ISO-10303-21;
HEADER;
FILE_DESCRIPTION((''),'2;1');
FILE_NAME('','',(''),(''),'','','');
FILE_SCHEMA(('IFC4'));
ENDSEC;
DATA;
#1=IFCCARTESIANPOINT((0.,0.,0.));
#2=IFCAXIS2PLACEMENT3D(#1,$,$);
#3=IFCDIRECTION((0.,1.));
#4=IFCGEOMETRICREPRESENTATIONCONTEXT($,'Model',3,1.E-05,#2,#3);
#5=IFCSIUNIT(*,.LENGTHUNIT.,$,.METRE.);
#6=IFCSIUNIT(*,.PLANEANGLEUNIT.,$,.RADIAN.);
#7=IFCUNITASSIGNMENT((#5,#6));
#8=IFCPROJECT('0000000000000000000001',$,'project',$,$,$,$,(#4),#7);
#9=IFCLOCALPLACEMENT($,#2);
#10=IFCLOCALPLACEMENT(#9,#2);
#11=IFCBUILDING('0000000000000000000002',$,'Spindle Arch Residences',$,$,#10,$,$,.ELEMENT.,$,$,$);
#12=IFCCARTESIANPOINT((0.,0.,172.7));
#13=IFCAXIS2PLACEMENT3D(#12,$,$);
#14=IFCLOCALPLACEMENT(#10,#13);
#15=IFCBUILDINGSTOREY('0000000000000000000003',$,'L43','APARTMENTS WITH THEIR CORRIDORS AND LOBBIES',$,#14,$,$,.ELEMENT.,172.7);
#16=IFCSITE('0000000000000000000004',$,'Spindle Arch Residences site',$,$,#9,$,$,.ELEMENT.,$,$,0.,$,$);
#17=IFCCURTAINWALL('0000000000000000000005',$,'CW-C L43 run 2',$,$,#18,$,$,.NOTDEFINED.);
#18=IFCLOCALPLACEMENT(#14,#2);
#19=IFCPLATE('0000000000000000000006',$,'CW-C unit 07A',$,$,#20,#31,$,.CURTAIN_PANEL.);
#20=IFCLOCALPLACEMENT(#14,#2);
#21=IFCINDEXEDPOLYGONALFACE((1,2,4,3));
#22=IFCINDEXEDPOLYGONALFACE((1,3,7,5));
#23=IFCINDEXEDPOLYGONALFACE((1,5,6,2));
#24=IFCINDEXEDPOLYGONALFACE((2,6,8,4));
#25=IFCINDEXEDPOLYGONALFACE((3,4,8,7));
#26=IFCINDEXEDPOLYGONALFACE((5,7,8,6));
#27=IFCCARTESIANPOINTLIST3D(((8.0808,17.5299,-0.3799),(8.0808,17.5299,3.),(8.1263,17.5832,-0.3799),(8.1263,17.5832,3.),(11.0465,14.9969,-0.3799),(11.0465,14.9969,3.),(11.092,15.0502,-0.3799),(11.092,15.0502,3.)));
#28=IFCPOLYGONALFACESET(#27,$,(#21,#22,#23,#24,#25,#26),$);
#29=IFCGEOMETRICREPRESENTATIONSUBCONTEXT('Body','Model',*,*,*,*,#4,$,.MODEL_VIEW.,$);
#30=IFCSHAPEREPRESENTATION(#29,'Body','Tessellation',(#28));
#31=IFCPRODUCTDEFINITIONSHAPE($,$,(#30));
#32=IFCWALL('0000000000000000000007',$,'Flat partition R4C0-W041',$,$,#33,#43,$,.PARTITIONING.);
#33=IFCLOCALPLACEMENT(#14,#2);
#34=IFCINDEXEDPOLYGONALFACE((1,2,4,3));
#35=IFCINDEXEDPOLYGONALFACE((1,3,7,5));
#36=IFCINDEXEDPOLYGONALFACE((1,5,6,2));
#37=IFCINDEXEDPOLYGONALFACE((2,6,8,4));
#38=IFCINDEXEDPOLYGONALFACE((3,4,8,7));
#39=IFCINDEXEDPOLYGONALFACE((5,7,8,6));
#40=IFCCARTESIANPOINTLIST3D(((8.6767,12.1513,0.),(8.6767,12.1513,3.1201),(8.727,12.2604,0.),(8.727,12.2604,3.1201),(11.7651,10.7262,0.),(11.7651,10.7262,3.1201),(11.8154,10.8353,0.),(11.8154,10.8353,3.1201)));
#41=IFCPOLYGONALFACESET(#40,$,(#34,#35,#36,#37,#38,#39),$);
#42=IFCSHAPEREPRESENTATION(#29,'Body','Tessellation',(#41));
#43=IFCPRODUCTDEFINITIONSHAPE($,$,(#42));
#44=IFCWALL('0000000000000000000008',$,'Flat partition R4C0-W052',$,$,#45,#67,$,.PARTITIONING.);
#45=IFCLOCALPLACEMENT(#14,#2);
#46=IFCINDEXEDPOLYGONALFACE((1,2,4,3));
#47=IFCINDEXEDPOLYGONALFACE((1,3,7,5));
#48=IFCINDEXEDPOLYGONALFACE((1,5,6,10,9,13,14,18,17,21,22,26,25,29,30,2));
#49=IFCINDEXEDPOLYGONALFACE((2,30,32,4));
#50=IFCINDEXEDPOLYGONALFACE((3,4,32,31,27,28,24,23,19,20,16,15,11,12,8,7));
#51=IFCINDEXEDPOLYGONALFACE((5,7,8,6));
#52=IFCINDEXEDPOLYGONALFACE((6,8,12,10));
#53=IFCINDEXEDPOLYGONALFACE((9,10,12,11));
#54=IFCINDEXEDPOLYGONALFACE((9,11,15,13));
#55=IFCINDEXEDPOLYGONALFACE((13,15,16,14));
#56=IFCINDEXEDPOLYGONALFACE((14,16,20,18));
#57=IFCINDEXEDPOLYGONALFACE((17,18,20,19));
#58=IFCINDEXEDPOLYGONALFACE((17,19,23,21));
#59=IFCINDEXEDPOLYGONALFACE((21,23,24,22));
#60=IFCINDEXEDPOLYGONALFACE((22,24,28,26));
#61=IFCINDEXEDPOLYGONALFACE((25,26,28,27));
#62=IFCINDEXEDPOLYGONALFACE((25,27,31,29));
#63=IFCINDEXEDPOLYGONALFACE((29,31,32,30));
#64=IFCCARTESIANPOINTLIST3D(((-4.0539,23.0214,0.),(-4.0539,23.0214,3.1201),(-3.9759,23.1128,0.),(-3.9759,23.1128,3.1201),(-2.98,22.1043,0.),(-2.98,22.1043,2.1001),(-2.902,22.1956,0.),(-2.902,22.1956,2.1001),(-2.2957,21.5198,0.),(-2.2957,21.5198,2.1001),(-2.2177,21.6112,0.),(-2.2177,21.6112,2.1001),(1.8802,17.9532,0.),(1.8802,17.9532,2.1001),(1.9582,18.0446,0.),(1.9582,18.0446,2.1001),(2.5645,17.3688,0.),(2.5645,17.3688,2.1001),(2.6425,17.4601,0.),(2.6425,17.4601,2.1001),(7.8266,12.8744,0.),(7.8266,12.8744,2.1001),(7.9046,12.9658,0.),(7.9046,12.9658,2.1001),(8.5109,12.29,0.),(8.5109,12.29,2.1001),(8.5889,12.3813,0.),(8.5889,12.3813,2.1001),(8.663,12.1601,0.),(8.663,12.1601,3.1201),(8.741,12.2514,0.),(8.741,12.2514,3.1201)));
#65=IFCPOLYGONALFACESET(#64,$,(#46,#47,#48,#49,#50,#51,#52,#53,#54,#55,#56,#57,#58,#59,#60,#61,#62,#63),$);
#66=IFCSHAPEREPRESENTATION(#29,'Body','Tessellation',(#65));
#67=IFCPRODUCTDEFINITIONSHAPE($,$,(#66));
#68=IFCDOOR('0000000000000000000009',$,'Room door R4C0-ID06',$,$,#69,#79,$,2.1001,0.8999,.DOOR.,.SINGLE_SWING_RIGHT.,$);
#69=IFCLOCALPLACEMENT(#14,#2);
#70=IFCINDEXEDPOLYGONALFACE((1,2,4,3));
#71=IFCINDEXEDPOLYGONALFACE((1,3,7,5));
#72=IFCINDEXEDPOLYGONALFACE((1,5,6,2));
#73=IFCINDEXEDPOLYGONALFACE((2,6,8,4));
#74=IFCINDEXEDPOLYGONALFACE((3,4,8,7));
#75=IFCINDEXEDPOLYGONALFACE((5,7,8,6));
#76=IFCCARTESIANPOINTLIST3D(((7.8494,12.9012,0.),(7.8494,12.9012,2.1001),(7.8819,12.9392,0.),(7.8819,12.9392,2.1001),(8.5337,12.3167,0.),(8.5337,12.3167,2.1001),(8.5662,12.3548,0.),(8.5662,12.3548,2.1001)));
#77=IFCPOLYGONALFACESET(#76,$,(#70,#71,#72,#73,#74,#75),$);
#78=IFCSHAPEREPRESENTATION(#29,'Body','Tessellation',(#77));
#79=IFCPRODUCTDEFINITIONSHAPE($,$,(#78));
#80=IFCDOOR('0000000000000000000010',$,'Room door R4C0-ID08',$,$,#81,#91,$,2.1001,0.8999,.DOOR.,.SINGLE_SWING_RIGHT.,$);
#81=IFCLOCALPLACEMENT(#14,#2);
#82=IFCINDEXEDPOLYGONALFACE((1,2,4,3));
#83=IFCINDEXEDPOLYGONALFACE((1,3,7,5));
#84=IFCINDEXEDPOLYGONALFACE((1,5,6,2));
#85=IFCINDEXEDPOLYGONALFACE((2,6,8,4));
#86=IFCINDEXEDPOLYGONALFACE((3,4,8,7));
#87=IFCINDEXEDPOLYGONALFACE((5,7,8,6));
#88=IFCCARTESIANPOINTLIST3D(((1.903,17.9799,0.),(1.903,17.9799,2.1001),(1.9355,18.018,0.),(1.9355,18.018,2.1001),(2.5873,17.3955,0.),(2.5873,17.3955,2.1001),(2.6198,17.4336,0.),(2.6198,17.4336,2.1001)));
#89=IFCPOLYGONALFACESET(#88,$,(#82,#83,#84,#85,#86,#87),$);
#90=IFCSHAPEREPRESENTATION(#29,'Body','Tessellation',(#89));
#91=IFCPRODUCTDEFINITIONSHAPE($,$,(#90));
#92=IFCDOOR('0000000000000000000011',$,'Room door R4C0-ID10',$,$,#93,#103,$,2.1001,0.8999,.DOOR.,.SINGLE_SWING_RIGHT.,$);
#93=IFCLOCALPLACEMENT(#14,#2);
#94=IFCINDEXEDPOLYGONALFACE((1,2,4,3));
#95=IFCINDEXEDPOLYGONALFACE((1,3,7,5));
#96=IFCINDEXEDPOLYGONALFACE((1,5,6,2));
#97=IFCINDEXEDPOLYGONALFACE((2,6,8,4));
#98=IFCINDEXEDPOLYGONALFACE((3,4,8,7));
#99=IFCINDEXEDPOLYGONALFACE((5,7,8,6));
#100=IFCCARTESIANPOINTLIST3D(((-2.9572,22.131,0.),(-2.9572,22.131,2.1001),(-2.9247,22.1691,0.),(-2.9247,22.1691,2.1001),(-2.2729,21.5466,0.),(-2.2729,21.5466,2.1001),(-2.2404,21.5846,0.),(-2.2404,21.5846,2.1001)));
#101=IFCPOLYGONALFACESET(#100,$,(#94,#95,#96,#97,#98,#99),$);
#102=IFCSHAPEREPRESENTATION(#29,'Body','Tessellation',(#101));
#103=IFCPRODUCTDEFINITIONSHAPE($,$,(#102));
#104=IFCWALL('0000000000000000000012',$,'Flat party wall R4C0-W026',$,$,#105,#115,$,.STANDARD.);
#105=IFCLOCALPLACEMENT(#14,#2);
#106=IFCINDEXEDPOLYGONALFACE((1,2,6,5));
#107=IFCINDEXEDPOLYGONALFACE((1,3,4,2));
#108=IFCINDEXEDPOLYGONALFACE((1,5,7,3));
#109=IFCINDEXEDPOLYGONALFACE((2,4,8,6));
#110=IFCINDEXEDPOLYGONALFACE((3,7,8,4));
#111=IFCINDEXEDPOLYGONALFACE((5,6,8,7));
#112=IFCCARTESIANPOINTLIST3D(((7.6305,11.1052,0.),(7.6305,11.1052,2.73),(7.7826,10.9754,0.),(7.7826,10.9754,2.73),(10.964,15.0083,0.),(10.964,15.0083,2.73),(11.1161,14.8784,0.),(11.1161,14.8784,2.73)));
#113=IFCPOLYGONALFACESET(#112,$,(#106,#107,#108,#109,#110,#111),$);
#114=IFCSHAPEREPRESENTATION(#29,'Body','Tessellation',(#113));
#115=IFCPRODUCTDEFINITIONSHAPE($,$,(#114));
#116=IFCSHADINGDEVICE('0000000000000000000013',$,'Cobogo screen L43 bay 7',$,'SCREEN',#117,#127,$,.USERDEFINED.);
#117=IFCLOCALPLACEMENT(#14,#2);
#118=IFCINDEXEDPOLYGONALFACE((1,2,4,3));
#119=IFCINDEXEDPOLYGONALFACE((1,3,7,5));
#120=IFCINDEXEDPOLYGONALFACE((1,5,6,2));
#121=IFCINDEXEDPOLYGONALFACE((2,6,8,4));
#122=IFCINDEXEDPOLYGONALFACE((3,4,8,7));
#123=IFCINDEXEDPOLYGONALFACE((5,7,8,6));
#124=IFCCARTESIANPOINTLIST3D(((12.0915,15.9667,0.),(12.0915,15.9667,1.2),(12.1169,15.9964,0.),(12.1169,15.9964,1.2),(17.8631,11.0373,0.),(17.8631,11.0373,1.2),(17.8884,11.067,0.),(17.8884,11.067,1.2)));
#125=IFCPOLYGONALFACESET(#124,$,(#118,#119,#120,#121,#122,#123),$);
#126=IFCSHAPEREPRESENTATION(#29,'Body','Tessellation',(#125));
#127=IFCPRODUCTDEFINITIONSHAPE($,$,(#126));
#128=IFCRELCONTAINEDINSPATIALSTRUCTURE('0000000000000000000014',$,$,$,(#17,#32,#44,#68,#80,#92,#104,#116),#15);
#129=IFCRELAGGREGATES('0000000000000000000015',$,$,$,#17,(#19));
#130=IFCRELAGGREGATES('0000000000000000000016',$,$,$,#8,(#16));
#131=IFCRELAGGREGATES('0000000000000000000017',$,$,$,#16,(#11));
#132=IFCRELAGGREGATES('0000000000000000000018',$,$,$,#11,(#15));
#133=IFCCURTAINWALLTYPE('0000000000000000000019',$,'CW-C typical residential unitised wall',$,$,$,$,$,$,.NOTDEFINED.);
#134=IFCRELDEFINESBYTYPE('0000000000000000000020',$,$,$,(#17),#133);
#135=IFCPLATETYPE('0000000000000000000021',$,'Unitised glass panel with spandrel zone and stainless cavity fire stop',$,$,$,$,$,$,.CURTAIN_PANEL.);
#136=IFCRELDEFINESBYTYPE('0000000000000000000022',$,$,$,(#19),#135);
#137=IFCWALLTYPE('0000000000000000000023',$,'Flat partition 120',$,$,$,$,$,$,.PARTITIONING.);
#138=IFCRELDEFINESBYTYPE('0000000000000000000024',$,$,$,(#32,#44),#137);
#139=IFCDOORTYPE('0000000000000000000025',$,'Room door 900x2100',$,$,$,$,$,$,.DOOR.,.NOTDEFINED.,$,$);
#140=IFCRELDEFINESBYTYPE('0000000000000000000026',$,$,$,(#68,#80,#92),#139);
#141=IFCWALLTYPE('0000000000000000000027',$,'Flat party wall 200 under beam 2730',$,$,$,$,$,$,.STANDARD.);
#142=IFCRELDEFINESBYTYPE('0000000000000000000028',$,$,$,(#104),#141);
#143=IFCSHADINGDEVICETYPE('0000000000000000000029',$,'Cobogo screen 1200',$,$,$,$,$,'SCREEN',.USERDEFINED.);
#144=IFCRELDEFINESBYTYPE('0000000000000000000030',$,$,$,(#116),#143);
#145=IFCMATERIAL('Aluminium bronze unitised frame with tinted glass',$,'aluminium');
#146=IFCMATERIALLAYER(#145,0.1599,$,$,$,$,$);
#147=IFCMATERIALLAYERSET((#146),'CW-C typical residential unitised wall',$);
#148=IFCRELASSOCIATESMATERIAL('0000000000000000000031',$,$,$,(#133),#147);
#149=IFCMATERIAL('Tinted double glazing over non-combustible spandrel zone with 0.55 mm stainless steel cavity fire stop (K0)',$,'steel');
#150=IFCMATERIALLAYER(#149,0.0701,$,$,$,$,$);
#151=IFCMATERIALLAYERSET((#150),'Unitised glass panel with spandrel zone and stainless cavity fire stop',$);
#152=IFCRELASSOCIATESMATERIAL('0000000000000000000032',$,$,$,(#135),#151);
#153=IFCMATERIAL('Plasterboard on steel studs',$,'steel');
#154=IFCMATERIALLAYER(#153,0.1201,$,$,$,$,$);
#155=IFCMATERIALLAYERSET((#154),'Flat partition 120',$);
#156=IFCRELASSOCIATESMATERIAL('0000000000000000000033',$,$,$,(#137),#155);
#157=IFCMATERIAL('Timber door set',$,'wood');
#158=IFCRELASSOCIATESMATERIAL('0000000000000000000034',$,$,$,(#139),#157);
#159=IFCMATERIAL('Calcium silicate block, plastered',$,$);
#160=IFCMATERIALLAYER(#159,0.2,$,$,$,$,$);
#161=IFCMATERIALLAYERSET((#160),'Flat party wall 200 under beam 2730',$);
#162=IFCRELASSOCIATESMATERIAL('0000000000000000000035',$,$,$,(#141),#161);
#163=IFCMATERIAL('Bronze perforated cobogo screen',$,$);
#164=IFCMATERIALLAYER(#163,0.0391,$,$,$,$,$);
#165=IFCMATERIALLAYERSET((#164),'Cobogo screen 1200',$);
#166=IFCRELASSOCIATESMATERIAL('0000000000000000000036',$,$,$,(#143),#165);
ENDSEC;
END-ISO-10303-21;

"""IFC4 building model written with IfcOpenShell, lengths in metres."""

from ifc_helpers import new_model, si_unit, direction, frame, frame_2d, origin, origin_2d, place, context, subcontext, project, spatial, rectangle, extrude, material, layer, layer_set, type_object, element, fill, aggregate, save


model = new_model("IFC4")

# Units and contexts
model_context = context("Model", 3, precision=1e-05, world=origin(), true_north=direction((0.0, 1.0)))
body_context = subcontext(model_context, "Body", "Model", "MODEL_VIEW")
ifc_project = project(units=[si_unit("LENGTHUNIT", "METRE"), si_unit("PLANEANGLEUNIT", "RADIAN")], contexts=[model_context])

# Site, building, storey
site_placement = place(None, origin())
site = spatial("IfcSite", under=ifc_project, at=site_placement, Name="Spindle Arch Residences site", CompositionType="ELEMENT", RefElevation=0.0)
building_placement = place(site_placement, origin())
building = spatial("IfcBuilding", under=site, at=building_placement, Name="Spindle Arch Residences", CompositionType="ELEMENT")
storey_placement = place(building_placement, frame((0.0, 0.0, 172.7)))
storey = spatial("IfcBuildingStorey", under=building, at=storey_placement, Name="L43", Description="APARTMENTS WITH THEIR CORRIDORS AND LOBBIES", CompositionType="ELEMENT", Elevation=172.7)

# Curtain wall
ifc_material_1 = material(Name="Aluminium bronze unitised frame with tinted glass", Category="aluminium")
ifc_layer_1 = layer(ifc_material_1, 0.1599)
ifc_layer_set_1 = layer_set([ifc_layer_1], Name="CW-C typical residential unitised wall")
curtain_wall_type = type_object("IfcCurtainWallType", Name="CW-C typical residential unitised wall", PredefinedType="NOTDEFINED", material=ifc_layer_set_1)
curtain_wall_placement = place(storey_placement, origin())
curtain_wall = element("IfcCurtainWall", 1, at=curtain_wall_placement, inside=storey, type_object=curtain_wall_type, Name="CW-C L43 run 2", PredefinedType="NOTDEFINED")

# Plate
ifc_material_2 = material(Name="Tinted double glazing over non-combustible spandrel zone with 0.55 mm stainless steel cavity fire stop (K0)", Category="steel")
ifc_layer_2 = layer(ifc_material_2, 0.0701)
ifc_layer_set_2 = layer_set([ifc_layer_2], Name="Unitised glass panel with spandrel zone and stainless cavity fire stop")
plate_type = type_object("IfcPlateType", Name="Unitised glass panel with spandrel zone and stainless cavity fire stop", PredefinedType="CURTAIN_PANEL", material=ifc_layer_set_2)
plate_1_placement = place(storey_placement, frame((9.5864, 16.29, -0.3799), z_axis=(0.0, 0.0, 1.0), x_axis=(-0.760406, 0.649448, 0.0)))
plate_1 = element("IfcPlate", 2, at=plate_1_placement, type_object=plate_type, Name="CW-C unit 07A", PredefinedType="CURTAIN_PANEL", context=body_context, shape_type="SweptSolid", body=[
    extrude(rectangle(XDim=3.9001, YDim=0.0701, at=origin_2d()), origin(), (0.0, 0.0, 1.0), 3.3799),
])
aggregate(curtain_wall, [plate_1])

# Wall
ifc_material_3 = material(Name="Plasterboard on steel studs", Category="steel")
ifc_layer_3 = layer(ifc_material_3, 0.1201)
ifc_layer_set_3 = layer_set([ifc_layer_3], Name="Flat partition 120")
wall_type_1 = type_object("IfcWallType", Name="Flat partition 120", PredefinedType="PARTITIONING", material=ifc_layer_set_3)
wall_1_placement = place(storey_placement, frame((11.7903, 10.7808, 0.0), z_axis=(0.0, 0.0, 1.0), x_axis=(-0.907999, 0.418972, 0.0)))
element("IfcWall", 3, at=wall_1_placement, inside=storey, type_object=wall_type_1, Name="Flat partition R4C0-W041", PredefinedType="PARTITIONING", context=body_context, shape_type="SweptSolid", body=[
    extrude(rectangle(XDim=3.4014, YDim=0.1201, at=frame_2d((1.7007, 0.0))), origin(), (0.0, 0.0, 1.0), 3.1201),
])

# Wall, openings, doors
wall_2_placement = place(storey_placement, frame((8.7019, 12.2058, 0.0), z_axis=(0.0, 0.0, 1.0), x_axis=(-0.760401, 0.649453, 0.0)))
wall_2 = element("IfcWall", 4, at=wall_2_placement, inside=storey, type_object=wall_type_1, Name="Flat partition R4C0-W052", PredefinedType="PARTITIONING", context=body_context, shape_type="SweptSolid", body=[
    extrude(rectangle(XDim=16.7239, YDim=0.1201, at=frame_2d((8.3618, 0.0))), origin(), (0.0, 0.0, 1.0), 3.1201),
])
opening_1_placement = place(wall_2_placement, frame((0.2, 0.0, 0.0)))
opening_1 = element("IfcOpeningElement", 5, at=opening_1_placement, cuts=wall_2, PredefinedType="OPENING", context=body_context, shape_type="SweptSolid", body=[
    extrude(rectangle(XDim=0.8999, YDim=2.1001, at=frame_2d((0.45, 1.05))), frame((0.0, 0.0701, 0.0), z_axis=(0.0, -1.0, 0.0), x_axis=(1.0, 0.0, 0.0)), (0.0, 0.0, 1.0), 0.1401),
])
opening_2_placement = place(wall_2_placement, frame((8.02, 0.0, 0.0)))
opening_2 = element("IfcOpeningElement", 6, at=opening_2_placement, cuts=wall_2, PredefinedType="OPENING", context=body_context, shape_type="SweptSolid", body=[
    extrude(rectangle(XDim=0.8999, YDim=2.1001, at=frame_2d((0.45, 1.05))), frame((0.0, 0.0701, 0.0), z_axis=(0.0, -1.0, 0.0), x_axis=(1.0, 0.0, 0.0)), (0.0, 0.0, 1.0), 0.1401),
])
opening_3_placement = place(wall_2_placement, frame((14.4116, 0.0, 0.0)))
opening_3 = element("IfcOpeningElement", 7, at=opening_3_placement, cuts=wall_2, PredefinedType="OPENING", context=body_context, shape_type="SweptSolid", body=[
    extrude(rectangle(XDim=0.8999, YDim=2.1001, at=frame_2d((0.45, 1.05))), frame((0.0, 0.0701, 0.0), z_axis=(0.0, -1.0, 0.0), x_axis=(1.0, 0.0, 0.0)), (0.0, 0.0, 1.0), 0.1401),
])
ifc_material_4 = material(Name="Timber door set", Category="wood")
door_type_1 = type_object("IfcDoorType", Name="Room door 900x2100", OperationType="NOTDEFINED", PredefinedType="DOOR", material=ifc_material_4)
door_1_placement = place(opening_1_placement, origin())
door_1 = element("IfcDoor", 8, at=door_1_placement, inside=storey, type_object=door_type_1, Name="Room door R4C0-ID06", OperationType="SINGLE_SWING_RIGHT", OverallHeight=2.1001, OverallWidth=0.8999, PredefinedType="DOOR", context=body_context, shape_type="SweptSolid", body=[
    extrude(rectangle(XDim=0.8999, YDim=2.1001, at=frame_2d((0.45, 1.05))), frame((0.0, 0.0249, 0.0), z_axis=(0.0, -1.0, 0.0), x_axis=(1.0, 0.0, 0.0)), (0.0, 0.0, 1.0), 0.05),
])
fill(opening_1, door_1)
door_2_placement = place(opening_2_placement, origin())
door_2 = element("IfcDoor", 9, at=door_2_placement, inside=storey, type_object=door_type_1, Name="Room door R4C0-ID08", OperationType="SINGLE_SWING_RIGHT", OverallHeight=2.1001, OverallWidth=0.8999, PredefinedType="DOOR", context=body_context, shape_type="SweptSolid", body=[
    extrude(rectangle(XDim=0.8999, YDim=2.1001, at=frame_2d((0.45, 1.05))), frame((0.0, 0.0249, 0.0), z_axis=(0.0, -1.0, 0.0), x_axis=(1.0, 0.0, 0.0)), (0.0, 0.0, 1.0), 0.05),
])
fill(opening_2, door_2)
door_3_placement = place(opening_3_placement, origin())
door_3 = element("IfcDoor", 10, at=door_3_placement, inside=storey, type_object=door_type_1, Name="Room door R4C0-ID10", OperationType="SINGLE_SWING_RIGHT", OverallHeight=2.1001, OverallWidth=0.8999, PredefinedType="DOOR", context=body_context, shape_type="SweptSolid", body=[
    extrude(rectangle(XDim=0.8999, YDim=2.1001, at=frame_2d((0.45, 1.05))), frame((0.0, 0.0249, 0.0), z_axis=(0.0, -1.0, 0.0), x_axis=(1.0, 0.0, 0.0)), (0.0, 0.0, 1.0), 0.05),
])
fill(opening_3, door_3)

# Wall
ifc_material_5 = material(Name="Calcium silicate block, plastered")
ifc_layer_4 = layer(ifc_material_5, 0.2)
ifc_layer_set_4 = layer_set([ifc_layer_4], Name="Flat party wall 200 under beam 2730")
wall_type_2 = type_object("IfcWallType", Name="Flat party wall 200 under beam 2730", PredefinedType="STANDARD", material=ifc_layer_set_4)
wall_3_placement = place(storey_placement, frame((11.04, 14.9434, 0.0), z_axis=(0.0, 0.0, 1.0), x_axis=(-0.649443, -0.76041, 0.0)))
element("IfcWall", 11, at=wall_3_placement, inside=storey, type_object=wall_type_2, Name="Flat party wall R4C0-W026", PredefinedType="STANDARD", context=body_context, shape_type="SweptSolid", body=[
    extrude(rectangle(XDim=5.1328, YDim=0.2, at=frame_2d((2.5664, 0.0))), origin(), (0.0, 0.0, 1.0), 2.73),
])

# Shading device
ifc_material_6 = material(Name="Bronze perforated cobogo screen")
ifc_layer_5 = layer(ifc_material_6, 0.0391)
ifc_layer_set_5 = layer_set([ifc_layer_5], Name="Cobogo screen 1200")
shading_device_type = type_object("IfcShadingDeviceType", Name="Cobogo screen 1200", ElementType="SCREEN", PredefinedType="USERDEFINED", material=ifc_layer_set_5)
shading_device_placement = place(storey_placement, frame((14.99, 13.5168, 0.0), z_axis=(0.0, 0.0, 1.0), x_axis=(-0.760406, 0.649448, 0.0)))
element("IfcShadingDevice", 12, at=shading_device_placement, inside=storey, type_object=shading_device_type, Name="Cobogo screen L43 bay 7", ObjectType="SCREEN", PredefinedType="USERDEFINED", context=body_context, shape_type="SweptSolid", body=[
    extrude(rectangle(XDim=7.5901, YDim=0.0391, at=origin_2d()), origin(), (0.0, 0.0, 1.0), 1.2),
])

save(model, "model.ifc")
